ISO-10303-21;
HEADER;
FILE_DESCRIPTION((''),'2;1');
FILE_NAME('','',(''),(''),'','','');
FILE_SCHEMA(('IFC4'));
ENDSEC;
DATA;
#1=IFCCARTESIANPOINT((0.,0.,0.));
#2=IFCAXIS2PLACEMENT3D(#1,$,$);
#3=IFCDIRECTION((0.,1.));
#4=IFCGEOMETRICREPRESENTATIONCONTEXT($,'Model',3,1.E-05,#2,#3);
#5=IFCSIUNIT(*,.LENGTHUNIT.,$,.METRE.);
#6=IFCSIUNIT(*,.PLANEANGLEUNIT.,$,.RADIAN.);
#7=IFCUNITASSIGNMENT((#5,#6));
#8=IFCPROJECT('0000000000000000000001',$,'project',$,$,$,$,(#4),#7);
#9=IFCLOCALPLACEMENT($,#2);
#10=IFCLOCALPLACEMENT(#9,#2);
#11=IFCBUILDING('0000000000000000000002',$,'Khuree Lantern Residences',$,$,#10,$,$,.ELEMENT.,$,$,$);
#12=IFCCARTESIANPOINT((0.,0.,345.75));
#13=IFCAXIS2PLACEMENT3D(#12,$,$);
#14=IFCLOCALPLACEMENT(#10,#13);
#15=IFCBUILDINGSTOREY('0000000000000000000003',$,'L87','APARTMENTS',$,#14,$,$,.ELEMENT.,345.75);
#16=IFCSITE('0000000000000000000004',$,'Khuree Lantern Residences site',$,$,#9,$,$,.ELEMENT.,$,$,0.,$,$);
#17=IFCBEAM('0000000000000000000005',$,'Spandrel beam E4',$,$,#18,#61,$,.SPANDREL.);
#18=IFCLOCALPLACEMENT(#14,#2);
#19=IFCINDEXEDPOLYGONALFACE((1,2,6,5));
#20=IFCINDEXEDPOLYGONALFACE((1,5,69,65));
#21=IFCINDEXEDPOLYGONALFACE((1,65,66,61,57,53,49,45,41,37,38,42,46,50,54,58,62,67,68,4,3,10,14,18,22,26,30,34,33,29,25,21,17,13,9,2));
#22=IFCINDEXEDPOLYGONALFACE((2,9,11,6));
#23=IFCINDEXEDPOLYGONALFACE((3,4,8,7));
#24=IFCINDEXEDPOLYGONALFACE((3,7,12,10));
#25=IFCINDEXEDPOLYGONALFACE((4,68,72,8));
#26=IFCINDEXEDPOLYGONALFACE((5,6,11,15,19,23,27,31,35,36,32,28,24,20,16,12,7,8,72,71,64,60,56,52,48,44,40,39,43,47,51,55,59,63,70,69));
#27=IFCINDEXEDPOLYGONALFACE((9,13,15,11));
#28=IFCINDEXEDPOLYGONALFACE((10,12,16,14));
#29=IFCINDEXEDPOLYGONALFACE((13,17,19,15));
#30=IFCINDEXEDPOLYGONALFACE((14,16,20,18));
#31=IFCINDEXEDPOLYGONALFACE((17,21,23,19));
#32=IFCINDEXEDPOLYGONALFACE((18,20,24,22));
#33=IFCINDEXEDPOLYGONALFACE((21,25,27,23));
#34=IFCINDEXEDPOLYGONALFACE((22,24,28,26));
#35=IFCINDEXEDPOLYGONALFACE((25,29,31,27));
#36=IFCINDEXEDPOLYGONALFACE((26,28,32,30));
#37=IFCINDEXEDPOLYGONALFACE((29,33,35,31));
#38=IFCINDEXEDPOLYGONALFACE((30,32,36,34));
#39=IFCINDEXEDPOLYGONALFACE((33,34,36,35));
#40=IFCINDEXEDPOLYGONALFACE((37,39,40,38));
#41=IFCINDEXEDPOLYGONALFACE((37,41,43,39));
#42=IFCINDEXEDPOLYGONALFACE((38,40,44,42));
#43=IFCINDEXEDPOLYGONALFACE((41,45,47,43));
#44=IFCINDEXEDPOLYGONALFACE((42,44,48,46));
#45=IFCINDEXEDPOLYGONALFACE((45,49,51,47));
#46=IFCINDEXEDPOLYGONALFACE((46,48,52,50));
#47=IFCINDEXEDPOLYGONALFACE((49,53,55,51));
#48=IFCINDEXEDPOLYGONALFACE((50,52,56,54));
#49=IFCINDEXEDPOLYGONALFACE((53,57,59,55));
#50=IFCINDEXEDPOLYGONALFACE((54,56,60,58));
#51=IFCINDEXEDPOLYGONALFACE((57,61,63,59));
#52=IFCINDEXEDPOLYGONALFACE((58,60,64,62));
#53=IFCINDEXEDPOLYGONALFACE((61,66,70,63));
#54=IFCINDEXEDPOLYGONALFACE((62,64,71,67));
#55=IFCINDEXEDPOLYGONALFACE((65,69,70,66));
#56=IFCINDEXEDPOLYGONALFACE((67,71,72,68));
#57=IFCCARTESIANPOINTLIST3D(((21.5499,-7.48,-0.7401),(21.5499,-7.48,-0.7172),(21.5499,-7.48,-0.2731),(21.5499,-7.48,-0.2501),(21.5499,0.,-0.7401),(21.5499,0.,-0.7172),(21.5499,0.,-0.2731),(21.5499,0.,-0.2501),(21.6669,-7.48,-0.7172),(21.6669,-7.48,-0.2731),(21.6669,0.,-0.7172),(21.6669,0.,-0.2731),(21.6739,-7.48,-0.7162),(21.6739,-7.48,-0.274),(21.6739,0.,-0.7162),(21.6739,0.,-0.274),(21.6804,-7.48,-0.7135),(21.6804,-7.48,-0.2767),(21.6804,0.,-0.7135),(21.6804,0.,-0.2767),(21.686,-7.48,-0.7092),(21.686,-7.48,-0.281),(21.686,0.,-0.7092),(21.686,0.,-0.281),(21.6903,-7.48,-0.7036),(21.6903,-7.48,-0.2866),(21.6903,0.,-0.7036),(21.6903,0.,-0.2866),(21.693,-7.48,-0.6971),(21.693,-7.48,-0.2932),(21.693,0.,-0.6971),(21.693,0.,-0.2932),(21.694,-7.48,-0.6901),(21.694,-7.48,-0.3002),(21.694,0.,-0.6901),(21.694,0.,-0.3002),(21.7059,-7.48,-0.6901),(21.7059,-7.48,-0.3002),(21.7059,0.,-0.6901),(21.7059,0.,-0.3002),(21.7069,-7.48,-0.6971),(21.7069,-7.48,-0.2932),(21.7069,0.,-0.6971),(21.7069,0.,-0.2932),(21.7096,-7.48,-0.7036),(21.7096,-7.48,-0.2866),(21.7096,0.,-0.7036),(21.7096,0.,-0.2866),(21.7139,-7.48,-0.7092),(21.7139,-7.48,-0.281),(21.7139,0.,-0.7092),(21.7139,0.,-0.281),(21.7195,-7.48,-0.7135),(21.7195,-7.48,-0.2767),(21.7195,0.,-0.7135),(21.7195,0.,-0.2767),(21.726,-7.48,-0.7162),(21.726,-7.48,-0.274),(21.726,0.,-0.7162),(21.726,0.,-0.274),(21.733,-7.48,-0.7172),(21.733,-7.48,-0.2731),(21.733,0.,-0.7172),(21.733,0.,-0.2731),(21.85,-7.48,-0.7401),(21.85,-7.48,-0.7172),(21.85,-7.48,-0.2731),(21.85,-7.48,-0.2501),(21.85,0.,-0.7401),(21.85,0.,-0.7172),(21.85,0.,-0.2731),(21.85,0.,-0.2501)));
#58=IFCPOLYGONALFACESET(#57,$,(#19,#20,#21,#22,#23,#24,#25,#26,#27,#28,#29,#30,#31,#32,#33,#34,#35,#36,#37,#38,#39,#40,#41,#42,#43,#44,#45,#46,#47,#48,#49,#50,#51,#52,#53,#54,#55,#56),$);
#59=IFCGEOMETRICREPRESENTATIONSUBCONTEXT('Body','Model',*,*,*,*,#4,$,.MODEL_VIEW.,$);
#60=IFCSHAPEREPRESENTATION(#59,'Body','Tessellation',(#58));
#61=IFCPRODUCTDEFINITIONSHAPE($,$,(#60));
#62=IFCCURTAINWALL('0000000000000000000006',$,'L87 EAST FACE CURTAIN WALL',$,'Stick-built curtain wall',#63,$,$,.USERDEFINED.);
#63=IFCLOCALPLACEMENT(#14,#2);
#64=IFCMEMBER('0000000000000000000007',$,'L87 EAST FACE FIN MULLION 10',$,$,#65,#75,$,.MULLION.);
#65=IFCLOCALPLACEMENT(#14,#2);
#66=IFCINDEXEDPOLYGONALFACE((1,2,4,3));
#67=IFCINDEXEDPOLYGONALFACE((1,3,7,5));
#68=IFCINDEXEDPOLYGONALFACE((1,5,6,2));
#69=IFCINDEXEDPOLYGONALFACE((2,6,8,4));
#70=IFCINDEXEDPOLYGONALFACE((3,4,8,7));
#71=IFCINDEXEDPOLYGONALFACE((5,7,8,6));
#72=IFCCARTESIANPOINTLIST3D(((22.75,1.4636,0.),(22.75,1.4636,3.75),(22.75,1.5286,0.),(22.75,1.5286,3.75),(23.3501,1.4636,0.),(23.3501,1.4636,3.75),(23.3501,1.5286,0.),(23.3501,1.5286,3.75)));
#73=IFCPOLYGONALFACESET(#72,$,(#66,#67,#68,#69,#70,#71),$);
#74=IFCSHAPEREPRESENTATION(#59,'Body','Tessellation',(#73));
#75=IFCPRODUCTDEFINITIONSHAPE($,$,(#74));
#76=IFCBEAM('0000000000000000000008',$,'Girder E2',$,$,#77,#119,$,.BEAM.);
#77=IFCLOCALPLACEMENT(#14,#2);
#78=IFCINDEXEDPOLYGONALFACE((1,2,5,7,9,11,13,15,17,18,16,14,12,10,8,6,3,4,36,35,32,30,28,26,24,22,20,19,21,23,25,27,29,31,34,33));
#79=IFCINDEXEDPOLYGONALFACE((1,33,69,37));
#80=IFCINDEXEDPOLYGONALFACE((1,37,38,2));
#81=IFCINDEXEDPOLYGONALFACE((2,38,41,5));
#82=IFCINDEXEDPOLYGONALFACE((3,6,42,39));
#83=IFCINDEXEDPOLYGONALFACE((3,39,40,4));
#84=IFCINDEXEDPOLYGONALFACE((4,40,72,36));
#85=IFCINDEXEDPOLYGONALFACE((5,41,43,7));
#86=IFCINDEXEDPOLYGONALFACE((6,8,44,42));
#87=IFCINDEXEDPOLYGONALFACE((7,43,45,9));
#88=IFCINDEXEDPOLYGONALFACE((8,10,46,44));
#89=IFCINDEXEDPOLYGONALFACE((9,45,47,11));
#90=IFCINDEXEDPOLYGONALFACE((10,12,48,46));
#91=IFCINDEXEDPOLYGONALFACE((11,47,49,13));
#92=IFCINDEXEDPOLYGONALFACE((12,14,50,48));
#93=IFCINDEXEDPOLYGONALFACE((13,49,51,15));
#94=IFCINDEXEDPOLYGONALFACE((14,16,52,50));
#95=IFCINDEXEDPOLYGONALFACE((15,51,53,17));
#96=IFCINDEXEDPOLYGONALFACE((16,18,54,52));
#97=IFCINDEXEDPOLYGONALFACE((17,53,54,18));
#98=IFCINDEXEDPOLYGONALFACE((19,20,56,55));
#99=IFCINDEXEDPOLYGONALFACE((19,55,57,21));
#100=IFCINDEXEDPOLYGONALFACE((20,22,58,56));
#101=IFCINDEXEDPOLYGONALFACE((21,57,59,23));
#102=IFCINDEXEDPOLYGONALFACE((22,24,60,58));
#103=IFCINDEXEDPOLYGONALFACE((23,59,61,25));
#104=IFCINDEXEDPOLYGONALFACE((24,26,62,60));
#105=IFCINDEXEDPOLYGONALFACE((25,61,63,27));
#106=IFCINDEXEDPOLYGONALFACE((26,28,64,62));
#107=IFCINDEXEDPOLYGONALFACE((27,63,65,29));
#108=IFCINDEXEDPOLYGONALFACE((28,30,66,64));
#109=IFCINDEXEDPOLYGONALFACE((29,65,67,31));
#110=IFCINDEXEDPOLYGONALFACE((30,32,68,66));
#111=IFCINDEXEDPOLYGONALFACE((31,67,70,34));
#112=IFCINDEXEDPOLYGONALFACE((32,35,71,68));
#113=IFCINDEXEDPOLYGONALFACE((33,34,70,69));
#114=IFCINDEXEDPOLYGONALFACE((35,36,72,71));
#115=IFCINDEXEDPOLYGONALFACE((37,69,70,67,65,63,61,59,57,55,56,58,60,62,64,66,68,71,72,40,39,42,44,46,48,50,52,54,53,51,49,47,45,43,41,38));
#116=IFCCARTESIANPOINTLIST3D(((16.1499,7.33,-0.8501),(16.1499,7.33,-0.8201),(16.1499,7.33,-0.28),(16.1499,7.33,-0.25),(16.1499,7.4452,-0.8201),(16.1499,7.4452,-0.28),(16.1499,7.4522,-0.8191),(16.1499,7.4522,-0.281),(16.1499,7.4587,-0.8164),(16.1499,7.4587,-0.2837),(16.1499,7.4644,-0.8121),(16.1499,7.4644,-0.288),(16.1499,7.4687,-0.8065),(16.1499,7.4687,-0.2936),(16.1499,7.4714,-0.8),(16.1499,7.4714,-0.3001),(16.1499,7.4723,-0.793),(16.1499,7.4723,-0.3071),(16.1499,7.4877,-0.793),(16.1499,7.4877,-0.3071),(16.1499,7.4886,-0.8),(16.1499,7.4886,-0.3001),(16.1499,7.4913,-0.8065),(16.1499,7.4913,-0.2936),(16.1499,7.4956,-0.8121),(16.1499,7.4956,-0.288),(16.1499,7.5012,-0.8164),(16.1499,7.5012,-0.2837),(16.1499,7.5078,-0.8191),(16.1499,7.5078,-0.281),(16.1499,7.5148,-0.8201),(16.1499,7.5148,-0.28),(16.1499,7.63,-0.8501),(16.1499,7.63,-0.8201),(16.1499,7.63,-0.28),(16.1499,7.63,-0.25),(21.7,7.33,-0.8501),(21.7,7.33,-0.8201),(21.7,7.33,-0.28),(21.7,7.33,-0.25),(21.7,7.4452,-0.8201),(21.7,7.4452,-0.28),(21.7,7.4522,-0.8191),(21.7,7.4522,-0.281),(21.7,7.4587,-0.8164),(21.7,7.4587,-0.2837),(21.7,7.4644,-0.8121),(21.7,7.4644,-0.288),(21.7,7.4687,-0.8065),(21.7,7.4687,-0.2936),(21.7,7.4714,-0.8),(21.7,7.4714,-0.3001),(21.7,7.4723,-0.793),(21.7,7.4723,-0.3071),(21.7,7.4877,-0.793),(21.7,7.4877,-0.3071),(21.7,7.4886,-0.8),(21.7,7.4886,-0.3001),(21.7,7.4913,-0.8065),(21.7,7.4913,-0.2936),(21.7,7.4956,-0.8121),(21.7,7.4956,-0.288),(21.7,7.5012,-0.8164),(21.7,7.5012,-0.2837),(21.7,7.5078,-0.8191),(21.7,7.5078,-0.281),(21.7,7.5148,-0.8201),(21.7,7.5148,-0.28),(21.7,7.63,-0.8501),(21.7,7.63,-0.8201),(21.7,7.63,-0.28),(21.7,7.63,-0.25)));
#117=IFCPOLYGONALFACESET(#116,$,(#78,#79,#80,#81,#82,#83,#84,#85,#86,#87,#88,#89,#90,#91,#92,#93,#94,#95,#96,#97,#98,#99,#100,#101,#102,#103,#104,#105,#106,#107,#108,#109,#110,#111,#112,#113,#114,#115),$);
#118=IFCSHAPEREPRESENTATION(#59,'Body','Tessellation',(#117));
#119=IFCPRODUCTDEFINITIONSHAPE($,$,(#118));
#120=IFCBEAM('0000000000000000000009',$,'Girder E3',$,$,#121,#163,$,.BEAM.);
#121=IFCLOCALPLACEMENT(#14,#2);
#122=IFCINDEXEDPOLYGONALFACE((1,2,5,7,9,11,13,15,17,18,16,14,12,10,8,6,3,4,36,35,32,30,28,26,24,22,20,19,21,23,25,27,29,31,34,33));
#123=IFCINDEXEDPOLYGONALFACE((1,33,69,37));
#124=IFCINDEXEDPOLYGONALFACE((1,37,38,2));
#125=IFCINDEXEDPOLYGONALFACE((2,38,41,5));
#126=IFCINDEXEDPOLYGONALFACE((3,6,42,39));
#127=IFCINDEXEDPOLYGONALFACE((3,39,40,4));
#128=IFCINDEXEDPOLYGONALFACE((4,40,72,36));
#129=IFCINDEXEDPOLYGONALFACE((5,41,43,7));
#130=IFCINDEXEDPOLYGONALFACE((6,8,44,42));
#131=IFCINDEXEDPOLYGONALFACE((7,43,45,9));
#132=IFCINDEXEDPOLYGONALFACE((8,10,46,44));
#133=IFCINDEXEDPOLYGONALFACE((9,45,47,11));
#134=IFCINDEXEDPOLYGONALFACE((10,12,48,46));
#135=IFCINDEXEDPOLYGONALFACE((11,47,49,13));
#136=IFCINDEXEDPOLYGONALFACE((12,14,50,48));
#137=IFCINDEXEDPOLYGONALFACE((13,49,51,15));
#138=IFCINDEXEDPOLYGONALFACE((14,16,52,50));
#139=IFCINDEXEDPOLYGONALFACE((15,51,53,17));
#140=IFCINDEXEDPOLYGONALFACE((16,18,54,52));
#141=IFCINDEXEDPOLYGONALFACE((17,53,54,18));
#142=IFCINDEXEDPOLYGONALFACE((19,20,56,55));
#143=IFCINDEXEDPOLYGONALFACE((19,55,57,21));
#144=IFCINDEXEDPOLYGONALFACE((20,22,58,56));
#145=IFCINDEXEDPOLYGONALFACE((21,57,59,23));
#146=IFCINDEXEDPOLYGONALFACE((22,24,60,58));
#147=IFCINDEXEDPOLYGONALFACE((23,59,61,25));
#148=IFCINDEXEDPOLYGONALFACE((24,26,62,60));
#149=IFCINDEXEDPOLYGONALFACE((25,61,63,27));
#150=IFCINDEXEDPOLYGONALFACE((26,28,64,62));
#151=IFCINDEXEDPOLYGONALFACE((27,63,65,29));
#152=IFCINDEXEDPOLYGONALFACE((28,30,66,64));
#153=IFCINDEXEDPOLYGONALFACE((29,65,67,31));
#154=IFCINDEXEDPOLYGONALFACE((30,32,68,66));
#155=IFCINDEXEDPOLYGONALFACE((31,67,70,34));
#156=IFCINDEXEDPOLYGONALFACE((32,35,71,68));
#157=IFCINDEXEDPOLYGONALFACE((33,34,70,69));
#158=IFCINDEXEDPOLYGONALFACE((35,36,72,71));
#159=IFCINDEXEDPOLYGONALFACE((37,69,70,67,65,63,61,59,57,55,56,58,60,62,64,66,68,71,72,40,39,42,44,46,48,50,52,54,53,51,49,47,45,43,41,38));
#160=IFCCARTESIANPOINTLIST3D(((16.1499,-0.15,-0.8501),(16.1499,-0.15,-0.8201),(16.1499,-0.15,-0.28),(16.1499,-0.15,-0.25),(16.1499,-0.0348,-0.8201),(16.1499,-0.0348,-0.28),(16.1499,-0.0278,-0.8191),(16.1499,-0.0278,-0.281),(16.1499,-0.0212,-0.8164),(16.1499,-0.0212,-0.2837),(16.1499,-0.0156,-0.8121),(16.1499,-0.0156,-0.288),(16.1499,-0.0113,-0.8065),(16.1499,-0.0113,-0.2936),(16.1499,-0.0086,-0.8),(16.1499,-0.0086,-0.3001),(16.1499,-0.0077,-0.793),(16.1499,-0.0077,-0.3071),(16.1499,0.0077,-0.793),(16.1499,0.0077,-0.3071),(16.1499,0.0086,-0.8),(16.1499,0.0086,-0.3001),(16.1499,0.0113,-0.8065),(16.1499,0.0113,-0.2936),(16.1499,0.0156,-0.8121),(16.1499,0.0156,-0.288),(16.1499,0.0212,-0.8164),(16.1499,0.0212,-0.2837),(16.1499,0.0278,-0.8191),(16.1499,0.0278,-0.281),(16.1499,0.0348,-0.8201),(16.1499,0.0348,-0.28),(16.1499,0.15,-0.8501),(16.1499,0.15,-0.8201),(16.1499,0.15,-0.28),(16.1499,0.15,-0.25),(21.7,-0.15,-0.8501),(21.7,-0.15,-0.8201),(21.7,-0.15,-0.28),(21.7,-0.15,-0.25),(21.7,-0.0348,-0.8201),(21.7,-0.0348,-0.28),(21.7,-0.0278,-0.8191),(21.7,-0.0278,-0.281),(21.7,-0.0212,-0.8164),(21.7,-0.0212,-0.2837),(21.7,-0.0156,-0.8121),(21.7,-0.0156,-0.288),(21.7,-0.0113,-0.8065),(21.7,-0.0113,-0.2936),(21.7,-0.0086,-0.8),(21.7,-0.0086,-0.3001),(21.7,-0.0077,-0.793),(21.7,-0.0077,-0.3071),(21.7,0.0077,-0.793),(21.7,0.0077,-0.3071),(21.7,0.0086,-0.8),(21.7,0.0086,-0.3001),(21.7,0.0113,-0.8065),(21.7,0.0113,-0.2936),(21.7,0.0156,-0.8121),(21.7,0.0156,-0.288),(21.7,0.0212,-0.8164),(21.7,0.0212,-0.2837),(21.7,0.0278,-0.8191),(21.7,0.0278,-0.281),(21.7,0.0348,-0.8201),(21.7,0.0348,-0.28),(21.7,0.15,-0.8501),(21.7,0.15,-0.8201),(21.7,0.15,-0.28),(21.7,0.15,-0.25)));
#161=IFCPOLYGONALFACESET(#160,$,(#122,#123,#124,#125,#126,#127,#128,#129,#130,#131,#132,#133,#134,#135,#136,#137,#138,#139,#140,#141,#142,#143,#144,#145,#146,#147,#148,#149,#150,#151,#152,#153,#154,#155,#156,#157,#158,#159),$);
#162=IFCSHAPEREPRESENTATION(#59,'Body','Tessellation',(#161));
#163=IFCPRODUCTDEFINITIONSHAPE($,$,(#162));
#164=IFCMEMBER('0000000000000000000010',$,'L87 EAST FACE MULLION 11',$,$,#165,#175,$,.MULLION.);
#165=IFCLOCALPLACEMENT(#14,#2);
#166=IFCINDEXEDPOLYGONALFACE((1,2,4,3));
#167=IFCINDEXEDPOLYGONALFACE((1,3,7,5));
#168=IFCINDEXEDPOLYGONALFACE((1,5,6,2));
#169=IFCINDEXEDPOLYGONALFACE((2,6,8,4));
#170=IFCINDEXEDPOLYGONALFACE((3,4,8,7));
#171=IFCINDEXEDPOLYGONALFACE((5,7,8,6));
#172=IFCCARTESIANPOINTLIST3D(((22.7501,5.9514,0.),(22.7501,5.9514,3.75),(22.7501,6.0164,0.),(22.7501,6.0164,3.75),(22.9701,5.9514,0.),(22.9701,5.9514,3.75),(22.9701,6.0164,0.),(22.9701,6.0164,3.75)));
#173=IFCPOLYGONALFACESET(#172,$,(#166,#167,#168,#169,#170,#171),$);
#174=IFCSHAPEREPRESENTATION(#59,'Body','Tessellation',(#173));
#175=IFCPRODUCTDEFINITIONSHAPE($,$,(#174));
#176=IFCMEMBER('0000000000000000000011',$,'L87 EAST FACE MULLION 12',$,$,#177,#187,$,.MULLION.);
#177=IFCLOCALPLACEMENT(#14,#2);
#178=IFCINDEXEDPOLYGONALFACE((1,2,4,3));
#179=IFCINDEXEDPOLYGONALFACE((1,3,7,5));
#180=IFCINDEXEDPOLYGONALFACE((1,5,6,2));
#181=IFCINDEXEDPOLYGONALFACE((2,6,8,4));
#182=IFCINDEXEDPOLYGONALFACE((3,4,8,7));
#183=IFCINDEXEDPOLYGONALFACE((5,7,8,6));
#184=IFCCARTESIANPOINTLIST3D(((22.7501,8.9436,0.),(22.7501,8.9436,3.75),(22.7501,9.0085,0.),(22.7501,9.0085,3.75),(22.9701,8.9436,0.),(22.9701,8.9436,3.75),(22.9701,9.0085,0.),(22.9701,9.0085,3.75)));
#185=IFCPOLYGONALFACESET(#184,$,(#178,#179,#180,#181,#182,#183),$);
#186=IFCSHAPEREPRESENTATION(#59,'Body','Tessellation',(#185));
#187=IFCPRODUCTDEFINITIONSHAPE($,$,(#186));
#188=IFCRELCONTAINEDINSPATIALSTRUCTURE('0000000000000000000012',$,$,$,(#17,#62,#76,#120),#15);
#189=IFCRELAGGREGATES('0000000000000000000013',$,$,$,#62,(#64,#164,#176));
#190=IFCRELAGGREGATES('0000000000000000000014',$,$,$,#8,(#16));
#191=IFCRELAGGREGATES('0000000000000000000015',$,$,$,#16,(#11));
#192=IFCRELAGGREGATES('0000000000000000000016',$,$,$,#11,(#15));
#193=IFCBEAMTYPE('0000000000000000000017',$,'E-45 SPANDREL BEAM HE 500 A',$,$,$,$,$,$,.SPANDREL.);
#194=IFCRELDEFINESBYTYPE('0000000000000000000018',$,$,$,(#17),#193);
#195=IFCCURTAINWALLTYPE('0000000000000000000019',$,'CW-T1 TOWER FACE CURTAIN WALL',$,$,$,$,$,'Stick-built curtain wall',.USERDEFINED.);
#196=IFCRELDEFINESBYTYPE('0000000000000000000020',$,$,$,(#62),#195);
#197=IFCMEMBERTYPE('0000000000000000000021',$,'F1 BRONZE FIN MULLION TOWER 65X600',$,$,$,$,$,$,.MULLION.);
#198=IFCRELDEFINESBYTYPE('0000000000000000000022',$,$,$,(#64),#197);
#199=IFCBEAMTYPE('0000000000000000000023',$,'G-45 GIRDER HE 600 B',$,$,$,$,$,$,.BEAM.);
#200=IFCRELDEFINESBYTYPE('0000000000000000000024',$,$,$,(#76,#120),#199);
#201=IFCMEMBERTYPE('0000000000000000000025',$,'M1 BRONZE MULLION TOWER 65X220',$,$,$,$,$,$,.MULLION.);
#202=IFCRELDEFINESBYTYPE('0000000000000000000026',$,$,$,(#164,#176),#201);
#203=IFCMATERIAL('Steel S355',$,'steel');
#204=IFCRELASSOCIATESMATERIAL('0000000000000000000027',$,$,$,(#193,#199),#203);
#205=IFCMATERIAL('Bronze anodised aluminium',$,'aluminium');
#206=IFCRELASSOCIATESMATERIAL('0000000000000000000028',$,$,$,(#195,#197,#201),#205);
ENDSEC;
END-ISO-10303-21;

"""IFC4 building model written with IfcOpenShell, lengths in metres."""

from ifc_helpers import new_model, si_unit, direction, frame, origin, origin_2d, place, context, subcontext, project, spatial, rectangle, i_section, extrude, material, material_profile, profile_set, type_object, element, aggregate, save


model = new_model("IFC4")

# Units and contexts
model_context = context("Model", 3, precision=1e-05, world=origin(), true_north=direction((0.0, 1.0)))
body_context = subcontext(model_context, "Body", "Model", "MODEL_VIEW")
ifc_project = project(units=[si_unit("LENGTHUNIT", "METRE"), si_unit("PLANEANGLEUNIT", "RADIAN")], contexts=[model_context])

# Site, building, storey
site_placement = place(None, origin())
site = spatial("IfcSite", under=ifc_project, at=site_placement, Name="Khuree Lantern Residences site", CompositionType="ELEMENT", RefElevation=0.0)
building_placement = place(site_placement, origin())
building = spatial("IfcBuilding", under=site, at=building_placement, Name="Khuree Lantern Residences", CompositionType="ELEMENT")
storey_placement = place(building_placement, frame((0.0, 0.0, 345.75)))
storey = spatial("IfcBuildingStorey", under=building, at=storey_placement, Name="L87", Description="APARTMENTS", CompositionType="ELEMENT", Elevation=345.75)

# Beam
ifc_material_1 = material(Name="Steel S355", Category="steel")
ifc_material_profile_1 = material_profile(ifc_material_1, i_section(OverallWidth=0.3, OverallDepth=0.49, WebThickness=0.012, FlangeThickness=0.0229, FilletRadius=0.0271, at=origin_2d()), Name="HE 500 A")
ifc_profile_set_1 = profile_set([ifc_material_profile_1], Name="Steel S355")
beam_type_1 = type_object("IfcBeamType", Name="E-45 SPANDREL BEAM HE 500 A", PredefinedType="SPANDREL", material=ifc_profile_set_1)
for number, where, z_axis, x_axis, name in (
    (1, (21.7, 0.0, -0.4951), (0.0, -1.0, 0.0), (1.0, 0.0, 0.0), "Spandrel beam E4"),
):
    element("IfcBeam", number, at=place(storey_placement, frame(where, z_axis=z_axis, x_axis=x_axis)), inside=storey, type_object=beam_type_1, Name=name, PredefinedType="SPANDREL", context=body_context, shape_type="SweptSolid", body=[
        extrude(i_section(OverallWidth=0.3, OverallDepth=0.49, WebThickness=0.012, FlangeThickness=0.0229, FilletRadius=0.0271, at=origin_2d()), origin(), (0.0, 0.0, 1.0), 7.48),
    ])

# Curtain wall, member
ifc_material_2 = material(Name="Bronze anodised aluminium", Category="aluminium")
curtain_wall_type = type_object("IfcCurtainWallType", Name="CW-T1 TOWER FACE CURTAIN WALL", ElementType="Stick-built curtain wall", PredefinedType="USERDEFINED", material=ifc_material_2)
curtain_wall_placement = place(storey_placement, origin())
curtain_wall = element("IfcCurtainWall", 2, at=curtain_wall_placement, inside=storey, type_object=curtain_wall_type, Name="L87 EAST FACE CURTAIN WALL", ObjectType="Stick-built curtain wall", PredefinedType="USERDEFINED")
ifc_material_profile_2 = material_profile(ifc_material_2, rectangle(XDim=0.0649, YDim=0.6001, at=origin_2d()), Name="F1 65X600")
ifc_profile_set_2 = profile_set([ifc_material_profile_2], Name="Bronze anodised aluminium")
member_type_1 = type_object("IfcMemberType", Name="F1 BRONZE FIN MULLION TOWER 65X600", PredefinedType="MULLION", material=ifc_profile_set_2)
member_1_placement = place(storey_placement, frame((23.05, 1.4961, 0.0), z_axis=(0.0, 0.0, 1.0), x_axis=(0.0, 1.0, 0.0)))
member_1 = element("IfcMember", 3, at=member_1_placement, type_object=member_type_1, Name="L87 EAST FACE FIN MULLION 10", PredefinedType="MULLION", context=body_context, shape_type="SweptSolid", body=[
    extrude(rectangle(XDim=0.0649, YDim=0.6001, at=origin_2d()), origin(), (0.0, 0.0, 1.0), 3.75),
])

# Beams
ifc_material_profile_3 = material_profile(ifc_material_1, i_section(OverallWidth=0.3, OverallDepth=0.6001, WebThickness=0.0154, FlangeThickness=0.03, FilletRadius=0.0271, at=origin_2d()), Name="HE 600 B")
ifc_profile_set_3 = profile_set([ifc_material_profile_3], Name="Steel S355")
beam_type_2 = type_object("IfcBeamType", Name="G-45 GIRDER HE 600 B", PredefinedType="BEAM", material=ifc_profile_set_3)
for number, where, z_axis, x_axis, name in (
    (4, (21.7, 7.48, -0.55), (-1.0, 0.0, 0.0), (0.0, -1.0, 0.0), "Girder E2"),
    (5, (21.7, 0.0, -0.55), (-1.0, 0.0, 0.0), (0.0, -1.0, 0.0), "Girder E3"),
):
    element("IfcBeam", number, at=place(storey_placement, frame(where, z_axis=z_axis, x_axis=x_axis)), inside=storey, type_object=beam_type_2, Name=name, PredefinedType="BEAM", context=body_context, shape_type="SweptSolid", body=[
        extrude(i_section(OverallWidth=0.3, OverallDepth=0.6001, WebThickness=0.0154, FlangeThickness=0.03, FilletRadius=0.0271, at=origin_2d()), origin(), (0.0, 0.0, 1.0), 5.55),
    ])

# Members
ifc_material_profile_4 = material_profile(ifc_material_2, rectangle(XDim=0.0649, YDim=0.22, at=origin_2d()), Name="M1 65X220")
ifc_profile_set_4 = profile_set([ifc_material_profile_4], Name="Bronze anodised aluminium")
member_type_2 = type_object("IfcMemberType", Name="M1 BRONZE MULLION TOWER 65X220", PredefinedType="MULLION", material=ifc_profile_set_4)
member_2_placement = place(storey_placement, frame((22.8601, 5.9839, 0.0), z_axis=(0.0, 0.0, 1.0), x_axis=(0.0, 1.0, 0.0)))
member_2 = element("IfcMember", 6, at=member_2_placement, type_object=member_type_2, Name="L87 EAST FACE MULLION 11", PredefinedType="MULLION", context=body_context, shape_type="SweptSolid", body=[
    extrude(rectangle(XDim=0.0649, YDim=0.22, at=origin_2d()), origin(), (0.0, 0.0, 1.0), 3.75),
])
member_3_placement = place(storey_placement, frame((22.8601, 8.9761, 0.0), z_axis=(0.0, 0.0, 1.0), x_axis=(0.0, 1.0, 0.0)))
member_3 = element("IfcMember", 7, at=member_3_placement, type_object=member_type_2, Name="L87 EAST FACE MULLION 12", PredefinedType="MULLION", context=body_context, shape_type="SweptSolid", body=[
    extrude(rectangle(XDim=0.0649, YDim=0.22, at=origin_2d()), origin(), (0.0, 0.0, 1.0), 3.75),
])

aggregate(curtain_wall, [member_1, member_2, member_3])

save(model, "model.ifc")
